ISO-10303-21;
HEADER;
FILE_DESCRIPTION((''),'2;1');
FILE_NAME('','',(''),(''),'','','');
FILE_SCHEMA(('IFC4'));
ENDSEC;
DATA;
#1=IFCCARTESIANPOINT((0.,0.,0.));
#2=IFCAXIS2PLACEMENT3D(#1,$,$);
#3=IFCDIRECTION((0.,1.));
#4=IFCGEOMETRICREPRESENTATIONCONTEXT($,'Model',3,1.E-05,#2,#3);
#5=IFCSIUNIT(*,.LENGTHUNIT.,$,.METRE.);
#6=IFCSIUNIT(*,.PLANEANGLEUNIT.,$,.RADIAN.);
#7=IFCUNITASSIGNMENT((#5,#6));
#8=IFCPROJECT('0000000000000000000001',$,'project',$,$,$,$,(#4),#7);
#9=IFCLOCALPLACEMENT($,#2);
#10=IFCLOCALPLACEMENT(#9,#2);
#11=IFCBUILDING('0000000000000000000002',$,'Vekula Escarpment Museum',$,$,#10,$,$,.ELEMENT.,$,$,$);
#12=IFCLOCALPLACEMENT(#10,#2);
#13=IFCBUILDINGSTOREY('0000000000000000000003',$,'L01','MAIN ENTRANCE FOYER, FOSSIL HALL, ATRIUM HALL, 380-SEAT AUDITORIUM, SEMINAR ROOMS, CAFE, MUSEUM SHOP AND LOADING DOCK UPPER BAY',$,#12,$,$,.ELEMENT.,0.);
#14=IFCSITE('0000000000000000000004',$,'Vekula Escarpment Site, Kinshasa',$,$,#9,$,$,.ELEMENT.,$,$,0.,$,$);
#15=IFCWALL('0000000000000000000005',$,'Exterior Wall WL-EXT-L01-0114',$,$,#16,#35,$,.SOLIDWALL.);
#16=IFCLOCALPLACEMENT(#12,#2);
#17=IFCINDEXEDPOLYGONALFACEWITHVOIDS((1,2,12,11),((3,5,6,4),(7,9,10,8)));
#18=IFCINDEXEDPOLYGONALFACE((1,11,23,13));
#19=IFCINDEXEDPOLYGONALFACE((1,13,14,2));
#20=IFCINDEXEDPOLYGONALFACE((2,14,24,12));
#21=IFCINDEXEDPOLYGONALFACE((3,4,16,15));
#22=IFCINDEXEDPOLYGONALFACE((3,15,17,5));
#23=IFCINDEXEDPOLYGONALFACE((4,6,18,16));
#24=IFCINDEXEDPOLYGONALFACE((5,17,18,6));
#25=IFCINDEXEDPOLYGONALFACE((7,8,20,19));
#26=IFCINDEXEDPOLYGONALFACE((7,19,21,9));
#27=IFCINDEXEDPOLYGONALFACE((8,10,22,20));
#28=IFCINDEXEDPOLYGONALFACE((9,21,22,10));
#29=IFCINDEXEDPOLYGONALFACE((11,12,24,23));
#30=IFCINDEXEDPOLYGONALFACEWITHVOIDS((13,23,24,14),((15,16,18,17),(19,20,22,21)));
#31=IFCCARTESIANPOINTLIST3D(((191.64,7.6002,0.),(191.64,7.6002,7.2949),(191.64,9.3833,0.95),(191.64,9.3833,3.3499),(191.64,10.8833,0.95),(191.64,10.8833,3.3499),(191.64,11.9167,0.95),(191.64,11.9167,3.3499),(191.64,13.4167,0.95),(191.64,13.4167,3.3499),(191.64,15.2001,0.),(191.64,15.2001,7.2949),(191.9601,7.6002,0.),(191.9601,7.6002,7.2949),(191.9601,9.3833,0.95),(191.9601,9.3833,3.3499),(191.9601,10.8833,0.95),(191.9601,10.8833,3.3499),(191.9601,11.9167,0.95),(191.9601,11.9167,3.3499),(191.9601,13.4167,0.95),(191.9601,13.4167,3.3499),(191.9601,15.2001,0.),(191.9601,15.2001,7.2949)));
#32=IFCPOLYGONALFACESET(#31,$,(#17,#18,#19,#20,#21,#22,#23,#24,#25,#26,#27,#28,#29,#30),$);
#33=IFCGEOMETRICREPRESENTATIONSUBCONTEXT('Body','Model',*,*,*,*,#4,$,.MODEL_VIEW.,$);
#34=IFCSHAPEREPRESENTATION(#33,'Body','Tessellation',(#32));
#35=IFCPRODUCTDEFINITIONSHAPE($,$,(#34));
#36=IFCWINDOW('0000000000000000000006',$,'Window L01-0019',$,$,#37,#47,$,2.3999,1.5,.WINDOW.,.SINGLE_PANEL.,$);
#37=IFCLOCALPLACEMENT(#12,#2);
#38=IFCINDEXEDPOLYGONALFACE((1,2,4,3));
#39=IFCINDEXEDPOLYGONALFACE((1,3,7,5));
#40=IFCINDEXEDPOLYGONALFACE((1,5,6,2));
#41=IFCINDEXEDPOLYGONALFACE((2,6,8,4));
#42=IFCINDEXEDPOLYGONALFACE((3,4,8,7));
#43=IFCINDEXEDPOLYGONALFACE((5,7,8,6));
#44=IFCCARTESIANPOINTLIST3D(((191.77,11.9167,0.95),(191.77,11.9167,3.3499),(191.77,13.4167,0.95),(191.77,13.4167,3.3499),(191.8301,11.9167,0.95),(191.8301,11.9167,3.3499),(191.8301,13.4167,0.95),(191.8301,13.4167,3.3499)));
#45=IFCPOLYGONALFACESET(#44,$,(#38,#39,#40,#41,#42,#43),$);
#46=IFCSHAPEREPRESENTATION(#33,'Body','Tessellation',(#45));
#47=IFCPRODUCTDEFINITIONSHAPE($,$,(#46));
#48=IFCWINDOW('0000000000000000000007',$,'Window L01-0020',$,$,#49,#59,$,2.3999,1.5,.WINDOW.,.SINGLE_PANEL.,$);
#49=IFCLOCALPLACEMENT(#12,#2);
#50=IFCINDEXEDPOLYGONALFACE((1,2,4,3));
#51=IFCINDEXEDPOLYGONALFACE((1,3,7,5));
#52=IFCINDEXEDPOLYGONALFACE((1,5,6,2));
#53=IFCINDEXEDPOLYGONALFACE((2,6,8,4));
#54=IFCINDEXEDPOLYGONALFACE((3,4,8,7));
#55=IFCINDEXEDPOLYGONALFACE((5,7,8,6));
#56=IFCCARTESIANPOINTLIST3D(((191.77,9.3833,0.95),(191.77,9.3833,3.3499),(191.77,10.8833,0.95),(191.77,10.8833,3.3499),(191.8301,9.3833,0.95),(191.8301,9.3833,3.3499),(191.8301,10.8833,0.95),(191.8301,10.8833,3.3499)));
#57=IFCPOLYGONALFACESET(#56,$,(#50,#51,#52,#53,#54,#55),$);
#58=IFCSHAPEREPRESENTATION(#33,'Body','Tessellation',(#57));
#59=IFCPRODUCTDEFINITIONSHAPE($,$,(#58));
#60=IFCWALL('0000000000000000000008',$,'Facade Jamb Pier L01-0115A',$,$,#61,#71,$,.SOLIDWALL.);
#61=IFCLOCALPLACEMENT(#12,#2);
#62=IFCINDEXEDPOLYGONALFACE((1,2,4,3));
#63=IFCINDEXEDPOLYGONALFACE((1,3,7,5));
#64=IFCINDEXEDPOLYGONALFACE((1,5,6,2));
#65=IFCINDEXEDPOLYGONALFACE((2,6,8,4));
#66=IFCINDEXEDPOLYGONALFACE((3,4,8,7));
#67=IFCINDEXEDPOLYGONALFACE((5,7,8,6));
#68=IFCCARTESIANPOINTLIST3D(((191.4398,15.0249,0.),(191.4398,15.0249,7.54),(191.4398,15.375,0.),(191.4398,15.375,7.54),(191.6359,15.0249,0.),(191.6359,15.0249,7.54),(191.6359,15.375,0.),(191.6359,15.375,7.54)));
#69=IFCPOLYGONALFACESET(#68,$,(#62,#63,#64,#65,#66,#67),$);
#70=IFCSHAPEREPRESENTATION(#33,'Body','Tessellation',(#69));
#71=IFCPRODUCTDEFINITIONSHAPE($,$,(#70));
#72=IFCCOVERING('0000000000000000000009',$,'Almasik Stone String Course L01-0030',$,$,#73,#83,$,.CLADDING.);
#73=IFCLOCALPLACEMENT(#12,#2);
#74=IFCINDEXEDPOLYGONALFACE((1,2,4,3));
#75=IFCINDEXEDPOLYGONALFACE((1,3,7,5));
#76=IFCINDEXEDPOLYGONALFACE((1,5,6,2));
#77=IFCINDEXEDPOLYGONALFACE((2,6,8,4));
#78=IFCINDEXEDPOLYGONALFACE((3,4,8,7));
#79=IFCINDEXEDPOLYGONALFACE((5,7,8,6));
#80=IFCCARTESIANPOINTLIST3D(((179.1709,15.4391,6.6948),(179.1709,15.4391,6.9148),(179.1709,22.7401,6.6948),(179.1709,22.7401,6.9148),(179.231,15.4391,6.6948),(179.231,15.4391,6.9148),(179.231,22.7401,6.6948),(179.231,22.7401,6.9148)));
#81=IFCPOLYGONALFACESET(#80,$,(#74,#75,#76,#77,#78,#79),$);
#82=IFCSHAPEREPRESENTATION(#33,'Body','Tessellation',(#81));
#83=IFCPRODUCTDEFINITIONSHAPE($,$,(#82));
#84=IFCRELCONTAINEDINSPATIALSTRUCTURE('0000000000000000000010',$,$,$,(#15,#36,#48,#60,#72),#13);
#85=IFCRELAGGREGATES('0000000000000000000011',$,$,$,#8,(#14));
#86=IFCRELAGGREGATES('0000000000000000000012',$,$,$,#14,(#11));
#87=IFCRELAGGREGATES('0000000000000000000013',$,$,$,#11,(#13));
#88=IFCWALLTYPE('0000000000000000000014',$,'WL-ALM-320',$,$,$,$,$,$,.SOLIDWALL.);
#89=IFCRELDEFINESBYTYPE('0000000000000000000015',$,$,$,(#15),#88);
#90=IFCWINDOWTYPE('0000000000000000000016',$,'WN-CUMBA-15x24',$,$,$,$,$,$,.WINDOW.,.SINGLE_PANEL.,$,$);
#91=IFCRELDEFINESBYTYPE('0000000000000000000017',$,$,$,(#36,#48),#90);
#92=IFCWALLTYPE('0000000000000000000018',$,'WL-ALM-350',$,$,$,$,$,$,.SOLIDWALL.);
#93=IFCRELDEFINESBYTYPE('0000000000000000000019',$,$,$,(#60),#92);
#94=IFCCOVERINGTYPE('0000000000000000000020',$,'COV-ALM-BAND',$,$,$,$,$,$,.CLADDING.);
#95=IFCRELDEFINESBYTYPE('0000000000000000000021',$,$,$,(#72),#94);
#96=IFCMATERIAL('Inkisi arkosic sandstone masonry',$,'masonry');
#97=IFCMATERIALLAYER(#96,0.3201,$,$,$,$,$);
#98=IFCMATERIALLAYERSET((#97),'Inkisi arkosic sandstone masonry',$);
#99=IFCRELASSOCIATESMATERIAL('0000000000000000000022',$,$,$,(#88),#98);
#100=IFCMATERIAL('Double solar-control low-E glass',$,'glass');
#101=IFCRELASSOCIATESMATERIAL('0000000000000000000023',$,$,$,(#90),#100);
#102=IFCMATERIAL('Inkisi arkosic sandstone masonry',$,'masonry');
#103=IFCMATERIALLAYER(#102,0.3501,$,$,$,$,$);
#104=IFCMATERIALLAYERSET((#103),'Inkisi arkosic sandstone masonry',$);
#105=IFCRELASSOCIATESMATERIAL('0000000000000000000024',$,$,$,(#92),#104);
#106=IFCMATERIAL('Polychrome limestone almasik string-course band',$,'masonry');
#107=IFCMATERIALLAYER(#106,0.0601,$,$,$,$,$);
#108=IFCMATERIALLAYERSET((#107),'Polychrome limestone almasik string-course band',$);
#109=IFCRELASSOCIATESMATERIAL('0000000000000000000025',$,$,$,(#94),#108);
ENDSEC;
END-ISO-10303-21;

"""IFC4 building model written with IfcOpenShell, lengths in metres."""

from ifc_helpers import new_model, si_unit, direction, frame, frame_2d, origin, origin_2d, place, context, subcontext, project, spatial, rectangle, extrude, material, layer, layer_set, type_object, element, fill, save


model = new_model("IFC4")

# Units and contexts
model_context = context("Model", 3, precision=1e-05, world=origin(), true_north=direction((0.0, 1.0)))
body_context = subcontext(model_context, "Body", "Model", "MODEL_VIEW")
ifc_project = project(units=[si_unit("LENGTHUNIT", "METRE"), si_unit("PLANEANGLEUNIT", "RADIAN")], contexts=[model_context])

# Site, building, storey
site_placement = place(None, origin())
site = spatial("IfcSite", under=ifc_project, at=site_placement, Name="Vekula Escarpment Site, Kinshasa", CompositionType="ELEMENT", RefElevation=0.0)
building_placement = place(site_placement, origin())
building = spatial("IfcBuilding", under=site, at=building_placement, Name="Vekula Escarpment Museum", CompositionType="ELEMENT")
storey_placement = place(building_placement, origin())
storey = spatial("IfcBuildingStorey", under=building, at=storey_placement, Name="L01", Description="MAIN ENTRANCE FOYER, FOSSIL HALL, ATRIUM HALL, 380-SEAT AUDITORIUM, SEMINAR ROOMS, CAFE, MUSEUM SHOP AND LOADING DOCK UPPER BAY", CompositionType="ELEMENT", Elevation=0.0)

# Wall, openings, windows
ifc_material_1 = material(Name="Inkisi arkosic sandstone masonry", Category="masonry")
ifc_layer_1 = layer(ifc_material_1, 0.3201)
ifc_layer_set_1 = layer_set([ifc_layer_1], Name="Inkisi arkosic sandstone masonry")
wall_type_1 = type_object("IfcWallType", Name="WL-ALM-320", PredefinedType="SOLIDWALL", material=ifc_layer_set_1)
wall_1_placement = place(storey_placement, frame((191.8, 15.2, 0.0), z_axis=(0.0, 0.0, 1.0), x_axis=(0.0, -1.0, 0.0)))
wall_1 = element("IfcWall", 1, at=wall_1_placement, inside=storey, type_object=wall_type_1, Name="Exterior Wall WL-EXT-L01-0114", PredefinedType="SOLIDWALL", context=body_context, shape_type="SweptSolid", body=[
    extrude(rectangle(XDim=7.5999, YDim=0.3201, at=frame_2d((3.7998, 0.0))), origin(), (0.0, 0.0, 1.0), 7.2949),
])
opening_1_placement = place(wall_1_placement, frame((1.7832, 0.0, 0.95)))
opening_1 = element("IfcOpeningElement", 2, at=opening_1_placement, cuts=wall_1, PredefinedType="OPENING", context=body_context, shape_type="SweptSolid", body=[
    extrude(rectangle(XDim=1.5, YDim=2.3999, at=frame_2d((0.75, 1.2))), frame((0.0, 0.1699, 0.0), z_axis=(0.0, -1.0, 0.0), x_axis=(1.0, 0.0, 0.0)), (0.0, 0.0, 1.0), 0.3401),
])
opening_2_placement = place(wall_1_placement, frame((4.3167, 0.0, 0.95)))
opening_2 = element("IfcOpeningElement", 3, at=opening_2_placement, cuts=wall_1, PredefinedType="OPENING", context=body_context, shape_type="SweptSolid", body=[
    extrude(rectangle(XDim=1.5, YDim=2.3999, at=frame_2d((0.75, 1.2))), frame((0.0, 0.1699, 0.0), z_axis=(0.0, -1.0, 0.0), x_axis=(1.0, 0.0, 0.0)), (0.0, 0.0, 1.0), 0.3401),
])
ifc_material_2 = material(Name="Double solar-control low-E glass", Category="glass")
window_type = type_object("IfcWindowType", Name="WN-CUMBA-15x24", PartitioningType="SINGLE_PANEL", PredefinedType="WINDOW", material=ifc_material_2)
window_1_placement = place(opening_1_placement, origin())
window_1 = element("IfcWindow", 4, at=window_1_placement, inside=storey, type_object=window_type, Name="Window L01-0019", OverallHeight=2.3999, OverallWidth=1.5, PartitioningType="SINGLE_PANEL", PredefinedType="WINDOW", context=body_context, shape_type="SweptSolid", body=[
    extrude(rectangle(XDim=1.5, YDim=2.3999, at=frame_2d((0.75, 1.2))), frame((0.0, 0.03, 0.0), z_axis=(0.0, -1.0, 0.0), x_axis=(1.0, 0.0, 0.0)), (0.0, 0.0, 1.0), 0.0601),
])
fill(opening_1, window_1)
window_2_placement = place(opening_2_placement, origin())
window_2 = element("IfcWindow", 5, at=window_2_placement, inside=storey, type_object=window_type, Name="Window L01-0020", OverallHeight=2.3999, OverallWidth=1.5, PartitioningType="SINGLE_PANEL", PredefinedType="WINDOW", context=body_context, shape_type="SweptSolid", body=[
    extrude(rectangle(XDim=1.5, YDim=2.3999, at=frame_2d((0.75, 1.2))), frame((0.0, 0.03, 0.0), z_axis=(0.0, -1.0, 0.0), x_axis=(1.0, 0.0, 0.0)), (0.0, 0.0, 1.0), 0.0601),
])
fill(opening_2, window_2)

# Wall
ifc_material_3 = material(Name="Inkisi arkosic sandstone masonry", Category="masonry")
ifc_layer_2 = layer(ifc_material_3, 0.3501)
ifc_layer_set_2 = layer_set([ifc_layer_2], Name="Inkisi arkosic sandstone masonry")
wall_type_2 = type_object("IfcWallType", Name="WL-ALM-350", PredefinedType="SOLIDWALL", material=ifc_layer_set_2)
wall_2_placement = place(storey_placement, frame((191.636, 15.2, 0.0), z_axis=(0.0, 0.0, 1.0), x_axis=(-1.0, 0.0, 0.0)))
element("IfcWall", 6, at=wall_2_placement, inside=storey, type_object=wall_type_2, Name="Facade Jamb Pier L01-0115A", PredefinedType="SOLIDWALL", context=body_context, shape_type="SweptSolid", body=[
    extrude(rectangle(XDim=0.196, YDim=0.3501, at=frame_2d((0.0981, 0.0))), origin(), (0.0, 0.0, 1.0), 7.54),
])

# Covering
ifc_material_4 = material(Name="Polychrome limestone almasik string-course band", Category="masonry")
ifc_layer_3 = layer(ifc_material_4, 0.0601)
ifc_layer_set_3 = layer_set([ifc_layer_3], Name="Polychrome limestone almasik string-course band")
covering_type = type_object("IfcCoveringType", Name="COV-ALM-BAND", PredefinedType="CLADDING", material=ifc_layer_set_3)
covering_placement = place(storey_placement, frame((179.2009, 19.0896, 6.6948), z_axis=(0.0, 0.0, 1.0), x_axis=(0.0, 1.0, 0.0)))
element("IfcCovering", 7, at=covering_placement, inside=storey, type_object=covering_type, Name="Almasik Stone String Course L01-0030", PredefinedType="CLADDING", context=body_context, shape_type="SweptSolid", body=[
    extrude(rectangle(XDim=7.301, YDim=0.0601, at=origin_2d()), origin(), (0.0, 0.0, 1.0), 0.22),
])

save(model, "model.ifc")
